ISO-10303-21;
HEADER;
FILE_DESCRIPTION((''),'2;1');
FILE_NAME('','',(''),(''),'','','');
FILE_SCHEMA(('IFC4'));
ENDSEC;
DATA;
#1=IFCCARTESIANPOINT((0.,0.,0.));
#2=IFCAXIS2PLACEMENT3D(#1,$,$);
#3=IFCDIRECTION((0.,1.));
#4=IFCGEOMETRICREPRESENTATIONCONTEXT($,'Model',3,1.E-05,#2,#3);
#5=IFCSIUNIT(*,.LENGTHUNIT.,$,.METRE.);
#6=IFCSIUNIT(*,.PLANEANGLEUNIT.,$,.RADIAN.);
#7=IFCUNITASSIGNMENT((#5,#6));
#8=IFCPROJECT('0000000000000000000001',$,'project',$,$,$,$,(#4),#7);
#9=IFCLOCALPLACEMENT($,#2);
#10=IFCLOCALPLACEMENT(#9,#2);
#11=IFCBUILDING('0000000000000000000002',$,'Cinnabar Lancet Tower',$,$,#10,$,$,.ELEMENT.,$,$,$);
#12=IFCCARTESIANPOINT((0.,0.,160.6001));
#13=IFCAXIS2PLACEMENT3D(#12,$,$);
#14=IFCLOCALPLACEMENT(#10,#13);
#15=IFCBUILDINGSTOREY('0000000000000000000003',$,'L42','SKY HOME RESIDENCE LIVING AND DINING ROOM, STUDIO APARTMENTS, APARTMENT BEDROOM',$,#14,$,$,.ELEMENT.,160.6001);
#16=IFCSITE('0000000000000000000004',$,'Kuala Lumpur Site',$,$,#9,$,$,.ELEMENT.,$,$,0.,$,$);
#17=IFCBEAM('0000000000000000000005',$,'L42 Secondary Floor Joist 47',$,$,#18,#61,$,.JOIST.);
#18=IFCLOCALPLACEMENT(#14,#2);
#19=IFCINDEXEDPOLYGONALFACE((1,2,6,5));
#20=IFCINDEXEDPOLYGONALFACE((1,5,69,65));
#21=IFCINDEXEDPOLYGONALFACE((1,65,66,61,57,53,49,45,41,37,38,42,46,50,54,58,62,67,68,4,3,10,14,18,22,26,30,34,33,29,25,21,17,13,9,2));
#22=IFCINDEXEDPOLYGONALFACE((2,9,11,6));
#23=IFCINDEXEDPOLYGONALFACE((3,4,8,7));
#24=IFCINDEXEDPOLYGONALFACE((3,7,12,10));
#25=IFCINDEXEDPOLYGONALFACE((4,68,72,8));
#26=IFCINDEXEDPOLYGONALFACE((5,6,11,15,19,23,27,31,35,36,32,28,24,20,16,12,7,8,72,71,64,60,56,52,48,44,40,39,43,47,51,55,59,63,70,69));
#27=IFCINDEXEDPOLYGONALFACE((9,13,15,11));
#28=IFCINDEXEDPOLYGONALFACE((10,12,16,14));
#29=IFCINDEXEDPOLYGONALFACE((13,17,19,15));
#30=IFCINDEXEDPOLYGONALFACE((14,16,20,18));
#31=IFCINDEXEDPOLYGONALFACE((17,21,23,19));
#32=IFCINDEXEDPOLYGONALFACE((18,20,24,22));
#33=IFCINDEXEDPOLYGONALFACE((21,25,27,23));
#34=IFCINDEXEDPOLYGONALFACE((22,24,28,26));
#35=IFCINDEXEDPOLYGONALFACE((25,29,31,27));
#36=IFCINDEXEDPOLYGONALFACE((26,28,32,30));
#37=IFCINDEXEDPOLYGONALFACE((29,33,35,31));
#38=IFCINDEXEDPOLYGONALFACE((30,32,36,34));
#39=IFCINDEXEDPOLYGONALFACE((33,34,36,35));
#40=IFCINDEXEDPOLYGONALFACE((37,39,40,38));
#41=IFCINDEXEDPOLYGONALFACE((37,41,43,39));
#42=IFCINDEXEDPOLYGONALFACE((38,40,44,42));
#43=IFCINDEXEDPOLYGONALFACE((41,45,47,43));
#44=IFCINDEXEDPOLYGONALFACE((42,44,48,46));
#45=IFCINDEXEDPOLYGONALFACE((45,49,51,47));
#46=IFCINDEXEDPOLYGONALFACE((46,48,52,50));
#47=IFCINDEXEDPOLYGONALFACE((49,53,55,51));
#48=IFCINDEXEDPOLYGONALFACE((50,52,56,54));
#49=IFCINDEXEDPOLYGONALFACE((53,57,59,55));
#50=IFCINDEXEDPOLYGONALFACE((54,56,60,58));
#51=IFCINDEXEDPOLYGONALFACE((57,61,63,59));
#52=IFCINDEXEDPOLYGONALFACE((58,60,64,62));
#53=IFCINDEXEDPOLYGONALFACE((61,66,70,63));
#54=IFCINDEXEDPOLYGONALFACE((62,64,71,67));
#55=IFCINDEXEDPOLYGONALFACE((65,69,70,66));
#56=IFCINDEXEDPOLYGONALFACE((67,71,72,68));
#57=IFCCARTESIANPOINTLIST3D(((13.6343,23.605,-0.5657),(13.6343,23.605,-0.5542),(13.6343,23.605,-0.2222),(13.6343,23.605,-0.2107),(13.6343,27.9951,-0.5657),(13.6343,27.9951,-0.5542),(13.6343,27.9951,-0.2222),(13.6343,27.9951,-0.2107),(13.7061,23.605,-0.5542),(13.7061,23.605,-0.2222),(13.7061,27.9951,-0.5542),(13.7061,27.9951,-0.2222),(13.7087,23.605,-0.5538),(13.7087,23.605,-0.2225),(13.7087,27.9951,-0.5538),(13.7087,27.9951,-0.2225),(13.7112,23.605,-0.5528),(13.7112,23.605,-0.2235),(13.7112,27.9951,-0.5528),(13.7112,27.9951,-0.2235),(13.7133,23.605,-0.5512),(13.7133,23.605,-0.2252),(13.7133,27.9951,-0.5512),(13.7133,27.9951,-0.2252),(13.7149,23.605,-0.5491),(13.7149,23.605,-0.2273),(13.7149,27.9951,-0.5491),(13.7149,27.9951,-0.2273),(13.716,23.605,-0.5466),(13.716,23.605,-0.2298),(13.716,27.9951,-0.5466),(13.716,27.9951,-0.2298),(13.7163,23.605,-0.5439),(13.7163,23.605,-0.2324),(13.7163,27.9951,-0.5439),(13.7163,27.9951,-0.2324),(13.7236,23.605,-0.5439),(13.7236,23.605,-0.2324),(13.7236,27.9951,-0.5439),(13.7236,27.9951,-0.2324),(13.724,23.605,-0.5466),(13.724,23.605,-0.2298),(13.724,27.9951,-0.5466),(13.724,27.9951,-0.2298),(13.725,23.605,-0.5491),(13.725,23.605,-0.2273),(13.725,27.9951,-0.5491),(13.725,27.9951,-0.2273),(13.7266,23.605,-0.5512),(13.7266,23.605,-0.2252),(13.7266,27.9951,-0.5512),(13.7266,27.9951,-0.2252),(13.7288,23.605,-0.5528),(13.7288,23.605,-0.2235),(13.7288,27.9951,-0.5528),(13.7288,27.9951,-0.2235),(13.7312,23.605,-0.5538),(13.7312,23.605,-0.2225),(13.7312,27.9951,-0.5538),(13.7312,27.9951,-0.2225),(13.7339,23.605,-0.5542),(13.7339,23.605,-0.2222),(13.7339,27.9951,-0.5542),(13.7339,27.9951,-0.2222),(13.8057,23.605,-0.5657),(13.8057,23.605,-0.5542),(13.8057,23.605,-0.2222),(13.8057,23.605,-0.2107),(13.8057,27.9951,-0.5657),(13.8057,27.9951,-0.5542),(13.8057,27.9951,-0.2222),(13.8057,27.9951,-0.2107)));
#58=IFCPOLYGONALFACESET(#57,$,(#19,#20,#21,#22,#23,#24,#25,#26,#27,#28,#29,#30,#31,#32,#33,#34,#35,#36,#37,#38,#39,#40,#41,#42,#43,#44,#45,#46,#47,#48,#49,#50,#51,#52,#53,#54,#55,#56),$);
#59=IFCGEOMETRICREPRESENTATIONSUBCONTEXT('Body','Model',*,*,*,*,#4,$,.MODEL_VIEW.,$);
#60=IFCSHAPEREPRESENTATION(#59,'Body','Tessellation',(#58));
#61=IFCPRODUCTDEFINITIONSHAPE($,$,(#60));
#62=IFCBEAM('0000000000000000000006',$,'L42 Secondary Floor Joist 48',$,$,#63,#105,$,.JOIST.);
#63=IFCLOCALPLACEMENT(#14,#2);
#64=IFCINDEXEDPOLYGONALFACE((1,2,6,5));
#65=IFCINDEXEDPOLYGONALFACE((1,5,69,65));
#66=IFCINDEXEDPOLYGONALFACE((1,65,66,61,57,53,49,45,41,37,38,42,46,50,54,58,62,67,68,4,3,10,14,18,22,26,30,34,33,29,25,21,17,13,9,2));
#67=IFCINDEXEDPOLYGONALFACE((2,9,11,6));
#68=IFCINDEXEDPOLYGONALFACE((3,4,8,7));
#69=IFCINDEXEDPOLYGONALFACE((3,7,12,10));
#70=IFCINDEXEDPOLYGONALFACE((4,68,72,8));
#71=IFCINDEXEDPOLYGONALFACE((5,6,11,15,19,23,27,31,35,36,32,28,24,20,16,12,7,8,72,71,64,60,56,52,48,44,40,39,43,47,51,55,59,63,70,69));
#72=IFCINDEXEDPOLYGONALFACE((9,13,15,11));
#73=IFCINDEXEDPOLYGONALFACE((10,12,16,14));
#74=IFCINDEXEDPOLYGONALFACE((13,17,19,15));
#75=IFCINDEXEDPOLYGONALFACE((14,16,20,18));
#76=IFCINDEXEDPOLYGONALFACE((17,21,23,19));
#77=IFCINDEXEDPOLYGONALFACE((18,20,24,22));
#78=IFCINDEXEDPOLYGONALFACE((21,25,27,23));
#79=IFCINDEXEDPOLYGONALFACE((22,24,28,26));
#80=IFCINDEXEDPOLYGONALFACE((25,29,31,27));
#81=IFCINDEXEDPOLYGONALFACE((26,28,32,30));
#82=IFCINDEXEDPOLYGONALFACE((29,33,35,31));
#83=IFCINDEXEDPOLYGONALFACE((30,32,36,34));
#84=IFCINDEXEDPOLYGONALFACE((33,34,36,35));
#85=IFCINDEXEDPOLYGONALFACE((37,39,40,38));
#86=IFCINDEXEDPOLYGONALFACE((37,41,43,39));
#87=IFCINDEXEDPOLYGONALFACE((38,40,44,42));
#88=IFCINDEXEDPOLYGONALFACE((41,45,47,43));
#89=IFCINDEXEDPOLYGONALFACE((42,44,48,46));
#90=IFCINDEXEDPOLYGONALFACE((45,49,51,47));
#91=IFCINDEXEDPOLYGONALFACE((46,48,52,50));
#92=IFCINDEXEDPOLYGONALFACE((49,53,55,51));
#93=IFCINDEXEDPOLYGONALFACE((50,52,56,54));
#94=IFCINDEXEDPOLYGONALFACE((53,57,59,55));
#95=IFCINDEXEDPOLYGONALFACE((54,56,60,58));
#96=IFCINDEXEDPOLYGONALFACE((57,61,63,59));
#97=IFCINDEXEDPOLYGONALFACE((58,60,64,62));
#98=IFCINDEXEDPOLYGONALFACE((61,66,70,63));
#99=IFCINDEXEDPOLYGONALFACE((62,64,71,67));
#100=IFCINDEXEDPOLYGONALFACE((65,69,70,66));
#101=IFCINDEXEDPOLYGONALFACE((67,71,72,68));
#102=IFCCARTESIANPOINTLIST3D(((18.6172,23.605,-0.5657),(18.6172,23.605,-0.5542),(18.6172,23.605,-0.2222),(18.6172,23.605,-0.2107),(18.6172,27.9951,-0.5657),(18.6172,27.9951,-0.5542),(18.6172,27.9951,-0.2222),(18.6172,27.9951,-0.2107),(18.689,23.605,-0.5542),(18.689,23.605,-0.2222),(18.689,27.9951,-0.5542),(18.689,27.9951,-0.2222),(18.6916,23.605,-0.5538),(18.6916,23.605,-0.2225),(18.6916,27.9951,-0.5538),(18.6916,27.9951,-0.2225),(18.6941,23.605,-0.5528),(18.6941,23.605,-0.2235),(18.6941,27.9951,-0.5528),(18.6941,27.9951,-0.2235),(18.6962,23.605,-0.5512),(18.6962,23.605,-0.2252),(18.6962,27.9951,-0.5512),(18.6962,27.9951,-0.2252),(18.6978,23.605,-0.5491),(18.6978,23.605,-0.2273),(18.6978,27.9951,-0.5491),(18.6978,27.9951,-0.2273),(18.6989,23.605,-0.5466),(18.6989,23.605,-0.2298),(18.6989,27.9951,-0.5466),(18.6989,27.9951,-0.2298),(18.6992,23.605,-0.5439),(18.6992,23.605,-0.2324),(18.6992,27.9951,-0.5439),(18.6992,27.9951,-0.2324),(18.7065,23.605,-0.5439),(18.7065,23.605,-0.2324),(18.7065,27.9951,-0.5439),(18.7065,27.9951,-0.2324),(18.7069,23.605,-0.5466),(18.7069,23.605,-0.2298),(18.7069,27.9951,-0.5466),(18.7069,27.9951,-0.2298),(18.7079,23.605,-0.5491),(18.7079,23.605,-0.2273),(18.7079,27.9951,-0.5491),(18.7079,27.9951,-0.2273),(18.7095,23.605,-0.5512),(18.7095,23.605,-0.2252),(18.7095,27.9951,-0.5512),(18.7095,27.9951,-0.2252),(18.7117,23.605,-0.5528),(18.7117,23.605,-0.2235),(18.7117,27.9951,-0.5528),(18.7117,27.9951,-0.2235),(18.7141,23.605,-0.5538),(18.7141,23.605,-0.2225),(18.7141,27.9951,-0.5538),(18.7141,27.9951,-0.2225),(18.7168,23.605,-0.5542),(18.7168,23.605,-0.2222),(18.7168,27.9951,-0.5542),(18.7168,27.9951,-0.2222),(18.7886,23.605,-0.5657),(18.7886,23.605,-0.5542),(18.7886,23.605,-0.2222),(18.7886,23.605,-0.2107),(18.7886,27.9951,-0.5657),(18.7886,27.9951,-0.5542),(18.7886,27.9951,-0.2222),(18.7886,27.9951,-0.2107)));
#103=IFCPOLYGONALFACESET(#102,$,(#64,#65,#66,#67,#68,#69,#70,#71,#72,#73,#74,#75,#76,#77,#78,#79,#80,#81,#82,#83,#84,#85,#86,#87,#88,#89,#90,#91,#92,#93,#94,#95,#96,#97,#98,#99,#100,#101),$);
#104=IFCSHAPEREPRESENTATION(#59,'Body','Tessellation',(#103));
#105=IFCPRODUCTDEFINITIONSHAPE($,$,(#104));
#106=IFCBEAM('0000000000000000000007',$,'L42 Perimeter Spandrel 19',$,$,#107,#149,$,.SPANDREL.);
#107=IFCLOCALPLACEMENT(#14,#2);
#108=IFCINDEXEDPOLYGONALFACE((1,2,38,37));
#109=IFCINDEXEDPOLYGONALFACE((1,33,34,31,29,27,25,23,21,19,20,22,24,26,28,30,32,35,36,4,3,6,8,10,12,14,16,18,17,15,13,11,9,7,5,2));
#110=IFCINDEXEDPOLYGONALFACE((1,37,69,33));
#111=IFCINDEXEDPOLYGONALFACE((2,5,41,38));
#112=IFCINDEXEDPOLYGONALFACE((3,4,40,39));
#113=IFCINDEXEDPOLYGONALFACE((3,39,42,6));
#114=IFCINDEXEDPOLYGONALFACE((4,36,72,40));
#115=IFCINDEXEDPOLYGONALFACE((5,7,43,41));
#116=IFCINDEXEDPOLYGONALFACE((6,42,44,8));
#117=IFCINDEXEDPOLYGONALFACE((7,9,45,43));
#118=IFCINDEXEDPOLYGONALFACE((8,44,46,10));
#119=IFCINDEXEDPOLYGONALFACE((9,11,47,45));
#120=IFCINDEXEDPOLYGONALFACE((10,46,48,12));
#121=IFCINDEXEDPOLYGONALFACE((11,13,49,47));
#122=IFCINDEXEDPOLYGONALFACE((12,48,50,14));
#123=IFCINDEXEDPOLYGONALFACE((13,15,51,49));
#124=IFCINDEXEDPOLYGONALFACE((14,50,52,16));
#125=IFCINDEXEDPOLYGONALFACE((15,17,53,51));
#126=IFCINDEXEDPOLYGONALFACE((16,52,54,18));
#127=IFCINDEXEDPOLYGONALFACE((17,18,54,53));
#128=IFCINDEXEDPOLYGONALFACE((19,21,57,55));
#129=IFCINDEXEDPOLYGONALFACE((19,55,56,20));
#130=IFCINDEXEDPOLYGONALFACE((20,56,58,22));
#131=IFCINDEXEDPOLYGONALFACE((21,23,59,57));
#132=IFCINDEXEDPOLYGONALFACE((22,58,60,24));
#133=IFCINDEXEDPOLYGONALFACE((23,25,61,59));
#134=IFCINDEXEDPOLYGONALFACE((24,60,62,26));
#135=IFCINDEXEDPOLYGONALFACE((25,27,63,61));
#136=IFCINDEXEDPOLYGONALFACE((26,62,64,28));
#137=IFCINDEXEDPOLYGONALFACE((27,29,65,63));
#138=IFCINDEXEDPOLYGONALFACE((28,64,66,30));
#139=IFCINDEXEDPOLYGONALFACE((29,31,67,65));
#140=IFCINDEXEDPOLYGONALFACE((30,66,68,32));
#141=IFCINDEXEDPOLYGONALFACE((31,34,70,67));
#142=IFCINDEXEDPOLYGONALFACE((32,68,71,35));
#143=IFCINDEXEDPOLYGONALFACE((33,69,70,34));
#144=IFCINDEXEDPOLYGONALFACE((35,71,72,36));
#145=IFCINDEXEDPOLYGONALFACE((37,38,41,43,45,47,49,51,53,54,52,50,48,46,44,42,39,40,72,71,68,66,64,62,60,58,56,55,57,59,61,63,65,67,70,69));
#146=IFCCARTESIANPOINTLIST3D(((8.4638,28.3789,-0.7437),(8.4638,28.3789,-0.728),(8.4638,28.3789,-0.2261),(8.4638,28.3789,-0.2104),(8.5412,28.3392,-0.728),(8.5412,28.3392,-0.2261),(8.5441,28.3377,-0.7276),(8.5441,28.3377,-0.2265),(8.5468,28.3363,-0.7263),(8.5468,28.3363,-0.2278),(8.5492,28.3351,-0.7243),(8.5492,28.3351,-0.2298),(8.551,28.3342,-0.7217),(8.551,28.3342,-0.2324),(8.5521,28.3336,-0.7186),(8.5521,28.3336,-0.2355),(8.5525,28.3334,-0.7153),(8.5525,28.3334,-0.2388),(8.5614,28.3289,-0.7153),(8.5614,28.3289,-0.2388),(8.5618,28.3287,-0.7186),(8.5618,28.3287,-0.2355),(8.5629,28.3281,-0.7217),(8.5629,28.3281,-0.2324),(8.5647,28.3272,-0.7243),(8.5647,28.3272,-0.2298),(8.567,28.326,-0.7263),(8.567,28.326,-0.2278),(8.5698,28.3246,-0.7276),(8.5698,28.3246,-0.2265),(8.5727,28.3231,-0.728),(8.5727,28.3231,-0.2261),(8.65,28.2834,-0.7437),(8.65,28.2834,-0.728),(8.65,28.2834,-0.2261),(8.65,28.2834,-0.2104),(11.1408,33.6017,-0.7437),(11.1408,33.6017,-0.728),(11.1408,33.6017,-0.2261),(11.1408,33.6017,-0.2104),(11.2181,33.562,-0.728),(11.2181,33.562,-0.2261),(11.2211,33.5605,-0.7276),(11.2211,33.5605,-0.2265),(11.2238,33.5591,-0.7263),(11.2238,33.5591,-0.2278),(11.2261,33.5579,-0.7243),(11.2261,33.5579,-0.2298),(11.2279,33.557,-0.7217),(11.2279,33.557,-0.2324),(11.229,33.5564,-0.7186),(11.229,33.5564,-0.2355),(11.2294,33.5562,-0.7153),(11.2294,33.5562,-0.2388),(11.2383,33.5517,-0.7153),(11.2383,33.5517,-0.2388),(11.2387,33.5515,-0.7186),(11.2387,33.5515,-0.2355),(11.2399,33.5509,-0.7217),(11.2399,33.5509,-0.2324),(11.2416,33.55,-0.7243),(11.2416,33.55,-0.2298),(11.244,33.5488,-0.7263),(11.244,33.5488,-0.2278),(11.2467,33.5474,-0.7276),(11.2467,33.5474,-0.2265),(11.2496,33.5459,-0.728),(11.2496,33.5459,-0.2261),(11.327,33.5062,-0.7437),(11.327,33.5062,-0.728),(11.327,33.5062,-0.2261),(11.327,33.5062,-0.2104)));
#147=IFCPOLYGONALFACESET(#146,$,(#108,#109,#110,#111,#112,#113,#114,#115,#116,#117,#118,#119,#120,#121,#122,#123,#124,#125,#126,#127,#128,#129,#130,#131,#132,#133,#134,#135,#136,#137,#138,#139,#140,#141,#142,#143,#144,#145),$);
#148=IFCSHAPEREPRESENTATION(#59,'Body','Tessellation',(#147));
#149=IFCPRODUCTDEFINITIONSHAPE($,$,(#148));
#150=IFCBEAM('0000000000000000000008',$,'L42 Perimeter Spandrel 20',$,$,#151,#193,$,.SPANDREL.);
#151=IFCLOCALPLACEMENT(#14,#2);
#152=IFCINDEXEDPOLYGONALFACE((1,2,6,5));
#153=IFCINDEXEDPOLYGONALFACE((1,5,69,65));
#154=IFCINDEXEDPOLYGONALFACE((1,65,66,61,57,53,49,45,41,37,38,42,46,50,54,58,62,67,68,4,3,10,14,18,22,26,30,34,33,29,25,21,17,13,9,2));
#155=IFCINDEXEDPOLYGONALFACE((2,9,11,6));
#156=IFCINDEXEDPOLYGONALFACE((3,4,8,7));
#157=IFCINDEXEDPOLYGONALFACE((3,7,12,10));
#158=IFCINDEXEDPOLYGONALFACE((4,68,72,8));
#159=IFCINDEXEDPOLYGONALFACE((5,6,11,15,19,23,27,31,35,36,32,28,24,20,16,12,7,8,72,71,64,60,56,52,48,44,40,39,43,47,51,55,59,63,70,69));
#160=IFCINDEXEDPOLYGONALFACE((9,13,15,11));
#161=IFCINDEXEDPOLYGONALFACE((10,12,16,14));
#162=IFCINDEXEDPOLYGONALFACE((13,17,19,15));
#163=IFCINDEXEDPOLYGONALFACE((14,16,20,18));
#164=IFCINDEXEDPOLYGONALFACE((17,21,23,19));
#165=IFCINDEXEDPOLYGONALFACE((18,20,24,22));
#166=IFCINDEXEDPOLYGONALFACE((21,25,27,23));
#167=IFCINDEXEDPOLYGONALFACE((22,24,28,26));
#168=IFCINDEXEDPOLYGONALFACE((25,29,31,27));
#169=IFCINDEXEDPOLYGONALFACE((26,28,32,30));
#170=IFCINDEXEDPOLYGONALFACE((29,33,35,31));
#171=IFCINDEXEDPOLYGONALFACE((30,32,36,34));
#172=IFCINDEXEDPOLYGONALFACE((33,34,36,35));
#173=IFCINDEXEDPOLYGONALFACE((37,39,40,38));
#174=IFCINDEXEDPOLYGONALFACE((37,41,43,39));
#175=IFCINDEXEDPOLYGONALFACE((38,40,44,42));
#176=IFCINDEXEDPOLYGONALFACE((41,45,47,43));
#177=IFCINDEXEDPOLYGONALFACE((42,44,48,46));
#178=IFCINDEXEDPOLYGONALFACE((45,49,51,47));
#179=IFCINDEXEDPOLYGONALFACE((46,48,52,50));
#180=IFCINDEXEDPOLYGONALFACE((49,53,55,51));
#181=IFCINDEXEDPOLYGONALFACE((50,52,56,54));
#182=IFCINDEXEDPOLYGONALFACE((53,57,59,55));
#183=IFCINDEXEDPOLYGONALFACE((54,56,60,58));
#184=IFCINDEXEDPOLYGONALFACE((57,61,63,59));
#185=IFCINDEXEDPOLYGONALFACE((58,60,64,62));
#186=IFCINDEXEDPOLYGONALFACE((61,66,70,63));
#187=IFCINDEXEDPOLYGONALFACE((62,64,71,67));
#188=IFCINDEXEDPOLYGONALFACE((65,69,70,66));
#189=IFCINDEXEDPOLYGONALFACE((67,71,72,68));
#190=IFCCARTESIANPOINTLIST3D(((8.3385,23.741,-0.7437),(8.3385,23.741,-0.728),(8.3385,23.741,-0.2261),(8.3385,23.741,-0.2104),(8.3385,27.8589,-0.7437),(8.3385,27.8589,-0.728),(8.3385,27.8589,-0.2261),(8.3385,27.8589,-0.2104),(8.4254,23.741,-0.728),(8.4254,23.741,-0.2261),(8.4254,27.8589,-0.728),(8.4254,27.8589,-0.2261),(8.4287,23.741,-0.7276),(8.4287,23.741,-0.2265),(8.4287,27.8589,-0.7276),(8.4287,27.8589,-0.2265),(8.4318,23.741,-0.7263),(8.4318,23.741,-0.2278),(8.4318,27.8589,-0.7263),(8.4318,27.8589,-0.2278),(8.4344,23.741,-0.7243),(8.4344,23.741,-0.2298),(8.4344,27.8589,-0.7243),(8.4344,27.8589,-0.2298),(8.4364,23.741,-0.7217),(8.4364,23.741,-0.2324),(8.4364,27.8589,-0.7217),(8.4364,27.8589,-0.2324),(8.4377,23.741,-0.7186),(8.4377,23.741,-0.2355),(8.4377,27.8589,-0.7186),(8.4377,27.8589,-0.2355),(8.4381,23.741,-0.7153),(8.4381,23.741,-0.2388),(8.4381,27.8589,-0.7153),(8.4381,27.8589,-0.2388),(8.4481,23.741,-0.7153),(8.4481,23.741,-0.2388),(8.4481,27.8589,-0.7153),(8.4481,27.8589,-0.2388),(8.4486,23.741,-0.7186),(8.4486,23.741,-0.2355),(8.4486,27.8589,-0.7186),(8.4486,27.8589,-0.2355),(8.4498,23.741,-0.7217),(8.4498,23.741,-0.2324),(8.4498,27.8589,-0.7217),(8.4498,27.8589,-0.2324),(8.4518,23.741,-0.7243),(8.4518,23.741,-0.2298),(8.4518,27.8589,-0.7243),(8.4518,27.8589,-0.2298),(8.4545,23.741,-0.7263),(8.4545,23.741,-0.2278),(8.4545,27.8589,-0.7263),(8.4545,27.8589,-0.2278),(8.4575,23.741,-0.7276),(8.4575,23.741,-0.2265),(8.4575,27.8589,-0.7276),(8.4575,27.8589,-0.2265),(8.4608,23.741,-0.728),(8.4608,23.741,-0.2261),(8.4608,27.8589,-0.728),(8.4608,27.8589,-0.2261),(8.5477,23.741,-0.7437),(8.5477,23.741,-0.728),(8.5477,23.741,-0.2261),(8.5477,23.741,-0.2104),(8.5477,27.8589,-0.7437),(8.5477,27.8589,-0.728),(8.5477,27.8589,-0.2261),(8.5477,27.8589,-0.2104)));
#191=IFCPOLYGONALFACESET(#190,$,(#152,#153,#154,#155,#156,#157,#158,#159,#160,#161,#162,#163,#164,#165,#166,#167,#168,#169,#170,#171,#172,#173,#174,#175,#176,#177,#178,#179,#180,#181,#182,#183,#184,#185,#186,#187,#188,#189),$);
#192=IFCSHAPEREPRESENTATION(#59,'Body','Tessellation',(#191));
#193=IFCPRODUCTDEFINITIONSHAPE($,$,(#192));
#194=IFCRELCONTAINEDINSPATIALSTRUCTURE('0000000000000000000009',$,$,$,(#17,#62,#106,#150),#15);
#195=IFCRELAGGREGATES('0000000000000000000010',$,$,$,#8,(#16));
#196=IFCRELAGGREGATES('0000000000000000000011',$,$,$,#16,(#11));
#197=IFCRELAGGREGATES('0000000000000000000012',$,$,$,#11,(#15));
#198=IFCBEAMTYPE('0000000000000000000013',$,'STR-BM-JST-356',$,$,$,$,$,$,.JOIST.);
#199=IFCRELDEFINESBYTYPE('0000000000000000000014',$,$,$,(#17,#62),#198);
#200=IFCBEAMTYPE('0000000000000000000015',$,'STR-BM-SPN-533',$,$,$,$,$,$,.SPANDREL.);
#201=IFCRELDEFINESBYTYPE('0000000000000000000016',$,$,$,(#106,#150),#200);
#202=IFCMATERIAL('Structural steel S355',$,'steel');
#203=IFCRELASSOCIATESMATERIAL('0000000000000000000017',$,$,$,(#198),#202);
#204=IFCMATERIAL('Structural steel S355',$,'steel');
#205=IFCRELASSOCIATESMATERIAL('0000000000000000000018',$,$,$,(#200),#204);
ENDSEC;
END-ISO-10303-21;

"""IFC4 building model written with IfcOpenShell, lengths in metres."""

from ifc_helpers import new_model, si_unit, direction, frame, origin, origin_2d, place, context, subcontext, project, spatial, i_section, extrude, material, material_profile, profile_set, type_object, element, save


model = new_model("IFC4")

# Units and contexts
model_context = context("Model", 3, precision=1e-05, world=origin(), true_north=direction((0.0, 1.0)))
body_context = subcontext(model_context, "Body", "Model", "MODEL_VIEW")
ifc_project = project(units=[si_unit("LENGTHUNIT", "METRE"), si_unit("PLANEANGLEUNIT", "RADIAN")], contexts=[model_context])

# Site, building, storey
site_placement = place(None, origin())
site = spatial("IfcSite", under=ifc_project, at=site_placement, Name="Kuala Lumpur Site", CompositionType="ELEMENT", RefElevation=0.0)
building_placement = place(site_placement, origin())
building = spatial("IfcBuilding", under=site, at=building_placement, Name="Cinnabar Lancet Tower", CompositionType="ELEMENT")
storey_placement = place(building_placement, frame((0.0, 0.0, 160.6001)))
storey = spatial("IfcBuildingStorey", under=building, at=storey_placement, Name="L42", Description="SKY HOME RESIDENCE LIVING AND DINING ROOM, STUDIO APARTMENTS, APARTMENT BEDROOM", CompositionType="ELEMENT", Elevation=160.6001)

# Beams
ifc_material_1 = material(Name="Structural steel S355", Category="steel")
ifc_material_profile_1 = material_profile(ifc_material_1, i_section(OverallWidth=0.1714, OverallDepth=0.355, WebThickness=0.0073, FlangeThickness=0.0115, FilletRadius=0.0103, at=origin_2d()), Name="UKB 356x171x51")
ifc_profile_set_1 = profile_set([ifc_material_profile_1], Name="Structural steel S355")
beam_type_1 = type_object("IfcBeamType", Name="STR-BM-JST-356", PredefinedType="JOIST", material=ifc_profile_set_1)
for number, where, z_axis, x_axis, name in (
    (1, (13.72, 27.9951, -0.3882), (0.0, -1.0, 0.0), (1.0, 0.0, 0.0), "L42 Secondary Floor Joist 47"),
    (2, (18.7029, 27.9951, -0.3882), (0.0, -1.0, 0.0), (1.0, 0.0, 0.0), "L42 Secondary Floor Joist 48"),
):
    element("IfcBeam", number, at=place(storey_placement, frame(where, z_axis=z_axis, x_axis=x_axis)), inside=storey, type_object=beam_type_1, Name=name, PredefinedType="JOIST", context=body_context, shape_type="SweptSolid", body=[
        extrude(i_section(OverallWidth=0.1714, OverallDepth=0.355, WebThickness=0.0073, FlangeThickness=0.0115, FilletRadius=0.0103, at=origin_2d()), origin(), (0.0, 0.0, 1.0), 4.3901),
    ])
ifc_material_2 = material(Name="Structural steel S355", Category="steel")
ifc_material_profile_2 = material_profile(ifc_material_2, i_section(OverallWidth=0.2092, OverallDepth=0.5332, WebThickness=0.01, FlangeThickness=0.0156, FilletRadius=0.0127, at=origin_2d()), Name="UKB 533x210x92")
ifc_profile_set_2 = profile_set([ifc_material_profile_2], Name="Structural steel S355")
beam_type_2 = type_object("IfcBeamType", Name="STR-BM-SPN-533", PredefinedType="SPANDREL", material=ifc_profile_set_2)
beam_1_placement = place(storey_placement, frame((11.2339, 33.554, -0.4771), z_axis=(-0.456127, -0.889915, 0.0), x_axis=(0.889915, -0.456127, 0.0)))
element("IfcBeam", 3, at=beam_1_placement, inside=storey, type_object=beam_type_2, Name="L42 Perimeter Spandrel 19", PredefinedType="SPANDREL", context=body_context, shape_type="SweptSolid", body=[
    extrude(i_section(OverallWidth=0.2092, OverallDepth=0.5332, WebThickness=0.01, FlangeThickness=0.0156, FilletRadius=0.0127, at=origin_2d()), origin(), (0.0, 0.0, 1.0), 5.8689),
])
beam_2_placement = place(storey_placement, frame((8.4431, 27.8589, -0.4771), z_axis=(0.0, -1.0, 0.0), x_axis=(1.0, 0.0, 0.0)))
element("IfcBeam", 4, at=beam_2_placement, inside=storey, type_object=beam_type_2, Name="L42 Perimeter Spandrel 20", PredefinedType="SPANDREL", context=body_context, shape_type="SweptSolid", body=[
    extrude(i_section(OverallWidth=0.2092, OverallDepth=0.5332, WebThickness=0.01, FlangeThickness=0.0156, FilletRadius=0.0127, at=origin_2d()), origin(), (0.0, 0.0, 1.0), 4.1179),
])

save(model, "model.ifc")
